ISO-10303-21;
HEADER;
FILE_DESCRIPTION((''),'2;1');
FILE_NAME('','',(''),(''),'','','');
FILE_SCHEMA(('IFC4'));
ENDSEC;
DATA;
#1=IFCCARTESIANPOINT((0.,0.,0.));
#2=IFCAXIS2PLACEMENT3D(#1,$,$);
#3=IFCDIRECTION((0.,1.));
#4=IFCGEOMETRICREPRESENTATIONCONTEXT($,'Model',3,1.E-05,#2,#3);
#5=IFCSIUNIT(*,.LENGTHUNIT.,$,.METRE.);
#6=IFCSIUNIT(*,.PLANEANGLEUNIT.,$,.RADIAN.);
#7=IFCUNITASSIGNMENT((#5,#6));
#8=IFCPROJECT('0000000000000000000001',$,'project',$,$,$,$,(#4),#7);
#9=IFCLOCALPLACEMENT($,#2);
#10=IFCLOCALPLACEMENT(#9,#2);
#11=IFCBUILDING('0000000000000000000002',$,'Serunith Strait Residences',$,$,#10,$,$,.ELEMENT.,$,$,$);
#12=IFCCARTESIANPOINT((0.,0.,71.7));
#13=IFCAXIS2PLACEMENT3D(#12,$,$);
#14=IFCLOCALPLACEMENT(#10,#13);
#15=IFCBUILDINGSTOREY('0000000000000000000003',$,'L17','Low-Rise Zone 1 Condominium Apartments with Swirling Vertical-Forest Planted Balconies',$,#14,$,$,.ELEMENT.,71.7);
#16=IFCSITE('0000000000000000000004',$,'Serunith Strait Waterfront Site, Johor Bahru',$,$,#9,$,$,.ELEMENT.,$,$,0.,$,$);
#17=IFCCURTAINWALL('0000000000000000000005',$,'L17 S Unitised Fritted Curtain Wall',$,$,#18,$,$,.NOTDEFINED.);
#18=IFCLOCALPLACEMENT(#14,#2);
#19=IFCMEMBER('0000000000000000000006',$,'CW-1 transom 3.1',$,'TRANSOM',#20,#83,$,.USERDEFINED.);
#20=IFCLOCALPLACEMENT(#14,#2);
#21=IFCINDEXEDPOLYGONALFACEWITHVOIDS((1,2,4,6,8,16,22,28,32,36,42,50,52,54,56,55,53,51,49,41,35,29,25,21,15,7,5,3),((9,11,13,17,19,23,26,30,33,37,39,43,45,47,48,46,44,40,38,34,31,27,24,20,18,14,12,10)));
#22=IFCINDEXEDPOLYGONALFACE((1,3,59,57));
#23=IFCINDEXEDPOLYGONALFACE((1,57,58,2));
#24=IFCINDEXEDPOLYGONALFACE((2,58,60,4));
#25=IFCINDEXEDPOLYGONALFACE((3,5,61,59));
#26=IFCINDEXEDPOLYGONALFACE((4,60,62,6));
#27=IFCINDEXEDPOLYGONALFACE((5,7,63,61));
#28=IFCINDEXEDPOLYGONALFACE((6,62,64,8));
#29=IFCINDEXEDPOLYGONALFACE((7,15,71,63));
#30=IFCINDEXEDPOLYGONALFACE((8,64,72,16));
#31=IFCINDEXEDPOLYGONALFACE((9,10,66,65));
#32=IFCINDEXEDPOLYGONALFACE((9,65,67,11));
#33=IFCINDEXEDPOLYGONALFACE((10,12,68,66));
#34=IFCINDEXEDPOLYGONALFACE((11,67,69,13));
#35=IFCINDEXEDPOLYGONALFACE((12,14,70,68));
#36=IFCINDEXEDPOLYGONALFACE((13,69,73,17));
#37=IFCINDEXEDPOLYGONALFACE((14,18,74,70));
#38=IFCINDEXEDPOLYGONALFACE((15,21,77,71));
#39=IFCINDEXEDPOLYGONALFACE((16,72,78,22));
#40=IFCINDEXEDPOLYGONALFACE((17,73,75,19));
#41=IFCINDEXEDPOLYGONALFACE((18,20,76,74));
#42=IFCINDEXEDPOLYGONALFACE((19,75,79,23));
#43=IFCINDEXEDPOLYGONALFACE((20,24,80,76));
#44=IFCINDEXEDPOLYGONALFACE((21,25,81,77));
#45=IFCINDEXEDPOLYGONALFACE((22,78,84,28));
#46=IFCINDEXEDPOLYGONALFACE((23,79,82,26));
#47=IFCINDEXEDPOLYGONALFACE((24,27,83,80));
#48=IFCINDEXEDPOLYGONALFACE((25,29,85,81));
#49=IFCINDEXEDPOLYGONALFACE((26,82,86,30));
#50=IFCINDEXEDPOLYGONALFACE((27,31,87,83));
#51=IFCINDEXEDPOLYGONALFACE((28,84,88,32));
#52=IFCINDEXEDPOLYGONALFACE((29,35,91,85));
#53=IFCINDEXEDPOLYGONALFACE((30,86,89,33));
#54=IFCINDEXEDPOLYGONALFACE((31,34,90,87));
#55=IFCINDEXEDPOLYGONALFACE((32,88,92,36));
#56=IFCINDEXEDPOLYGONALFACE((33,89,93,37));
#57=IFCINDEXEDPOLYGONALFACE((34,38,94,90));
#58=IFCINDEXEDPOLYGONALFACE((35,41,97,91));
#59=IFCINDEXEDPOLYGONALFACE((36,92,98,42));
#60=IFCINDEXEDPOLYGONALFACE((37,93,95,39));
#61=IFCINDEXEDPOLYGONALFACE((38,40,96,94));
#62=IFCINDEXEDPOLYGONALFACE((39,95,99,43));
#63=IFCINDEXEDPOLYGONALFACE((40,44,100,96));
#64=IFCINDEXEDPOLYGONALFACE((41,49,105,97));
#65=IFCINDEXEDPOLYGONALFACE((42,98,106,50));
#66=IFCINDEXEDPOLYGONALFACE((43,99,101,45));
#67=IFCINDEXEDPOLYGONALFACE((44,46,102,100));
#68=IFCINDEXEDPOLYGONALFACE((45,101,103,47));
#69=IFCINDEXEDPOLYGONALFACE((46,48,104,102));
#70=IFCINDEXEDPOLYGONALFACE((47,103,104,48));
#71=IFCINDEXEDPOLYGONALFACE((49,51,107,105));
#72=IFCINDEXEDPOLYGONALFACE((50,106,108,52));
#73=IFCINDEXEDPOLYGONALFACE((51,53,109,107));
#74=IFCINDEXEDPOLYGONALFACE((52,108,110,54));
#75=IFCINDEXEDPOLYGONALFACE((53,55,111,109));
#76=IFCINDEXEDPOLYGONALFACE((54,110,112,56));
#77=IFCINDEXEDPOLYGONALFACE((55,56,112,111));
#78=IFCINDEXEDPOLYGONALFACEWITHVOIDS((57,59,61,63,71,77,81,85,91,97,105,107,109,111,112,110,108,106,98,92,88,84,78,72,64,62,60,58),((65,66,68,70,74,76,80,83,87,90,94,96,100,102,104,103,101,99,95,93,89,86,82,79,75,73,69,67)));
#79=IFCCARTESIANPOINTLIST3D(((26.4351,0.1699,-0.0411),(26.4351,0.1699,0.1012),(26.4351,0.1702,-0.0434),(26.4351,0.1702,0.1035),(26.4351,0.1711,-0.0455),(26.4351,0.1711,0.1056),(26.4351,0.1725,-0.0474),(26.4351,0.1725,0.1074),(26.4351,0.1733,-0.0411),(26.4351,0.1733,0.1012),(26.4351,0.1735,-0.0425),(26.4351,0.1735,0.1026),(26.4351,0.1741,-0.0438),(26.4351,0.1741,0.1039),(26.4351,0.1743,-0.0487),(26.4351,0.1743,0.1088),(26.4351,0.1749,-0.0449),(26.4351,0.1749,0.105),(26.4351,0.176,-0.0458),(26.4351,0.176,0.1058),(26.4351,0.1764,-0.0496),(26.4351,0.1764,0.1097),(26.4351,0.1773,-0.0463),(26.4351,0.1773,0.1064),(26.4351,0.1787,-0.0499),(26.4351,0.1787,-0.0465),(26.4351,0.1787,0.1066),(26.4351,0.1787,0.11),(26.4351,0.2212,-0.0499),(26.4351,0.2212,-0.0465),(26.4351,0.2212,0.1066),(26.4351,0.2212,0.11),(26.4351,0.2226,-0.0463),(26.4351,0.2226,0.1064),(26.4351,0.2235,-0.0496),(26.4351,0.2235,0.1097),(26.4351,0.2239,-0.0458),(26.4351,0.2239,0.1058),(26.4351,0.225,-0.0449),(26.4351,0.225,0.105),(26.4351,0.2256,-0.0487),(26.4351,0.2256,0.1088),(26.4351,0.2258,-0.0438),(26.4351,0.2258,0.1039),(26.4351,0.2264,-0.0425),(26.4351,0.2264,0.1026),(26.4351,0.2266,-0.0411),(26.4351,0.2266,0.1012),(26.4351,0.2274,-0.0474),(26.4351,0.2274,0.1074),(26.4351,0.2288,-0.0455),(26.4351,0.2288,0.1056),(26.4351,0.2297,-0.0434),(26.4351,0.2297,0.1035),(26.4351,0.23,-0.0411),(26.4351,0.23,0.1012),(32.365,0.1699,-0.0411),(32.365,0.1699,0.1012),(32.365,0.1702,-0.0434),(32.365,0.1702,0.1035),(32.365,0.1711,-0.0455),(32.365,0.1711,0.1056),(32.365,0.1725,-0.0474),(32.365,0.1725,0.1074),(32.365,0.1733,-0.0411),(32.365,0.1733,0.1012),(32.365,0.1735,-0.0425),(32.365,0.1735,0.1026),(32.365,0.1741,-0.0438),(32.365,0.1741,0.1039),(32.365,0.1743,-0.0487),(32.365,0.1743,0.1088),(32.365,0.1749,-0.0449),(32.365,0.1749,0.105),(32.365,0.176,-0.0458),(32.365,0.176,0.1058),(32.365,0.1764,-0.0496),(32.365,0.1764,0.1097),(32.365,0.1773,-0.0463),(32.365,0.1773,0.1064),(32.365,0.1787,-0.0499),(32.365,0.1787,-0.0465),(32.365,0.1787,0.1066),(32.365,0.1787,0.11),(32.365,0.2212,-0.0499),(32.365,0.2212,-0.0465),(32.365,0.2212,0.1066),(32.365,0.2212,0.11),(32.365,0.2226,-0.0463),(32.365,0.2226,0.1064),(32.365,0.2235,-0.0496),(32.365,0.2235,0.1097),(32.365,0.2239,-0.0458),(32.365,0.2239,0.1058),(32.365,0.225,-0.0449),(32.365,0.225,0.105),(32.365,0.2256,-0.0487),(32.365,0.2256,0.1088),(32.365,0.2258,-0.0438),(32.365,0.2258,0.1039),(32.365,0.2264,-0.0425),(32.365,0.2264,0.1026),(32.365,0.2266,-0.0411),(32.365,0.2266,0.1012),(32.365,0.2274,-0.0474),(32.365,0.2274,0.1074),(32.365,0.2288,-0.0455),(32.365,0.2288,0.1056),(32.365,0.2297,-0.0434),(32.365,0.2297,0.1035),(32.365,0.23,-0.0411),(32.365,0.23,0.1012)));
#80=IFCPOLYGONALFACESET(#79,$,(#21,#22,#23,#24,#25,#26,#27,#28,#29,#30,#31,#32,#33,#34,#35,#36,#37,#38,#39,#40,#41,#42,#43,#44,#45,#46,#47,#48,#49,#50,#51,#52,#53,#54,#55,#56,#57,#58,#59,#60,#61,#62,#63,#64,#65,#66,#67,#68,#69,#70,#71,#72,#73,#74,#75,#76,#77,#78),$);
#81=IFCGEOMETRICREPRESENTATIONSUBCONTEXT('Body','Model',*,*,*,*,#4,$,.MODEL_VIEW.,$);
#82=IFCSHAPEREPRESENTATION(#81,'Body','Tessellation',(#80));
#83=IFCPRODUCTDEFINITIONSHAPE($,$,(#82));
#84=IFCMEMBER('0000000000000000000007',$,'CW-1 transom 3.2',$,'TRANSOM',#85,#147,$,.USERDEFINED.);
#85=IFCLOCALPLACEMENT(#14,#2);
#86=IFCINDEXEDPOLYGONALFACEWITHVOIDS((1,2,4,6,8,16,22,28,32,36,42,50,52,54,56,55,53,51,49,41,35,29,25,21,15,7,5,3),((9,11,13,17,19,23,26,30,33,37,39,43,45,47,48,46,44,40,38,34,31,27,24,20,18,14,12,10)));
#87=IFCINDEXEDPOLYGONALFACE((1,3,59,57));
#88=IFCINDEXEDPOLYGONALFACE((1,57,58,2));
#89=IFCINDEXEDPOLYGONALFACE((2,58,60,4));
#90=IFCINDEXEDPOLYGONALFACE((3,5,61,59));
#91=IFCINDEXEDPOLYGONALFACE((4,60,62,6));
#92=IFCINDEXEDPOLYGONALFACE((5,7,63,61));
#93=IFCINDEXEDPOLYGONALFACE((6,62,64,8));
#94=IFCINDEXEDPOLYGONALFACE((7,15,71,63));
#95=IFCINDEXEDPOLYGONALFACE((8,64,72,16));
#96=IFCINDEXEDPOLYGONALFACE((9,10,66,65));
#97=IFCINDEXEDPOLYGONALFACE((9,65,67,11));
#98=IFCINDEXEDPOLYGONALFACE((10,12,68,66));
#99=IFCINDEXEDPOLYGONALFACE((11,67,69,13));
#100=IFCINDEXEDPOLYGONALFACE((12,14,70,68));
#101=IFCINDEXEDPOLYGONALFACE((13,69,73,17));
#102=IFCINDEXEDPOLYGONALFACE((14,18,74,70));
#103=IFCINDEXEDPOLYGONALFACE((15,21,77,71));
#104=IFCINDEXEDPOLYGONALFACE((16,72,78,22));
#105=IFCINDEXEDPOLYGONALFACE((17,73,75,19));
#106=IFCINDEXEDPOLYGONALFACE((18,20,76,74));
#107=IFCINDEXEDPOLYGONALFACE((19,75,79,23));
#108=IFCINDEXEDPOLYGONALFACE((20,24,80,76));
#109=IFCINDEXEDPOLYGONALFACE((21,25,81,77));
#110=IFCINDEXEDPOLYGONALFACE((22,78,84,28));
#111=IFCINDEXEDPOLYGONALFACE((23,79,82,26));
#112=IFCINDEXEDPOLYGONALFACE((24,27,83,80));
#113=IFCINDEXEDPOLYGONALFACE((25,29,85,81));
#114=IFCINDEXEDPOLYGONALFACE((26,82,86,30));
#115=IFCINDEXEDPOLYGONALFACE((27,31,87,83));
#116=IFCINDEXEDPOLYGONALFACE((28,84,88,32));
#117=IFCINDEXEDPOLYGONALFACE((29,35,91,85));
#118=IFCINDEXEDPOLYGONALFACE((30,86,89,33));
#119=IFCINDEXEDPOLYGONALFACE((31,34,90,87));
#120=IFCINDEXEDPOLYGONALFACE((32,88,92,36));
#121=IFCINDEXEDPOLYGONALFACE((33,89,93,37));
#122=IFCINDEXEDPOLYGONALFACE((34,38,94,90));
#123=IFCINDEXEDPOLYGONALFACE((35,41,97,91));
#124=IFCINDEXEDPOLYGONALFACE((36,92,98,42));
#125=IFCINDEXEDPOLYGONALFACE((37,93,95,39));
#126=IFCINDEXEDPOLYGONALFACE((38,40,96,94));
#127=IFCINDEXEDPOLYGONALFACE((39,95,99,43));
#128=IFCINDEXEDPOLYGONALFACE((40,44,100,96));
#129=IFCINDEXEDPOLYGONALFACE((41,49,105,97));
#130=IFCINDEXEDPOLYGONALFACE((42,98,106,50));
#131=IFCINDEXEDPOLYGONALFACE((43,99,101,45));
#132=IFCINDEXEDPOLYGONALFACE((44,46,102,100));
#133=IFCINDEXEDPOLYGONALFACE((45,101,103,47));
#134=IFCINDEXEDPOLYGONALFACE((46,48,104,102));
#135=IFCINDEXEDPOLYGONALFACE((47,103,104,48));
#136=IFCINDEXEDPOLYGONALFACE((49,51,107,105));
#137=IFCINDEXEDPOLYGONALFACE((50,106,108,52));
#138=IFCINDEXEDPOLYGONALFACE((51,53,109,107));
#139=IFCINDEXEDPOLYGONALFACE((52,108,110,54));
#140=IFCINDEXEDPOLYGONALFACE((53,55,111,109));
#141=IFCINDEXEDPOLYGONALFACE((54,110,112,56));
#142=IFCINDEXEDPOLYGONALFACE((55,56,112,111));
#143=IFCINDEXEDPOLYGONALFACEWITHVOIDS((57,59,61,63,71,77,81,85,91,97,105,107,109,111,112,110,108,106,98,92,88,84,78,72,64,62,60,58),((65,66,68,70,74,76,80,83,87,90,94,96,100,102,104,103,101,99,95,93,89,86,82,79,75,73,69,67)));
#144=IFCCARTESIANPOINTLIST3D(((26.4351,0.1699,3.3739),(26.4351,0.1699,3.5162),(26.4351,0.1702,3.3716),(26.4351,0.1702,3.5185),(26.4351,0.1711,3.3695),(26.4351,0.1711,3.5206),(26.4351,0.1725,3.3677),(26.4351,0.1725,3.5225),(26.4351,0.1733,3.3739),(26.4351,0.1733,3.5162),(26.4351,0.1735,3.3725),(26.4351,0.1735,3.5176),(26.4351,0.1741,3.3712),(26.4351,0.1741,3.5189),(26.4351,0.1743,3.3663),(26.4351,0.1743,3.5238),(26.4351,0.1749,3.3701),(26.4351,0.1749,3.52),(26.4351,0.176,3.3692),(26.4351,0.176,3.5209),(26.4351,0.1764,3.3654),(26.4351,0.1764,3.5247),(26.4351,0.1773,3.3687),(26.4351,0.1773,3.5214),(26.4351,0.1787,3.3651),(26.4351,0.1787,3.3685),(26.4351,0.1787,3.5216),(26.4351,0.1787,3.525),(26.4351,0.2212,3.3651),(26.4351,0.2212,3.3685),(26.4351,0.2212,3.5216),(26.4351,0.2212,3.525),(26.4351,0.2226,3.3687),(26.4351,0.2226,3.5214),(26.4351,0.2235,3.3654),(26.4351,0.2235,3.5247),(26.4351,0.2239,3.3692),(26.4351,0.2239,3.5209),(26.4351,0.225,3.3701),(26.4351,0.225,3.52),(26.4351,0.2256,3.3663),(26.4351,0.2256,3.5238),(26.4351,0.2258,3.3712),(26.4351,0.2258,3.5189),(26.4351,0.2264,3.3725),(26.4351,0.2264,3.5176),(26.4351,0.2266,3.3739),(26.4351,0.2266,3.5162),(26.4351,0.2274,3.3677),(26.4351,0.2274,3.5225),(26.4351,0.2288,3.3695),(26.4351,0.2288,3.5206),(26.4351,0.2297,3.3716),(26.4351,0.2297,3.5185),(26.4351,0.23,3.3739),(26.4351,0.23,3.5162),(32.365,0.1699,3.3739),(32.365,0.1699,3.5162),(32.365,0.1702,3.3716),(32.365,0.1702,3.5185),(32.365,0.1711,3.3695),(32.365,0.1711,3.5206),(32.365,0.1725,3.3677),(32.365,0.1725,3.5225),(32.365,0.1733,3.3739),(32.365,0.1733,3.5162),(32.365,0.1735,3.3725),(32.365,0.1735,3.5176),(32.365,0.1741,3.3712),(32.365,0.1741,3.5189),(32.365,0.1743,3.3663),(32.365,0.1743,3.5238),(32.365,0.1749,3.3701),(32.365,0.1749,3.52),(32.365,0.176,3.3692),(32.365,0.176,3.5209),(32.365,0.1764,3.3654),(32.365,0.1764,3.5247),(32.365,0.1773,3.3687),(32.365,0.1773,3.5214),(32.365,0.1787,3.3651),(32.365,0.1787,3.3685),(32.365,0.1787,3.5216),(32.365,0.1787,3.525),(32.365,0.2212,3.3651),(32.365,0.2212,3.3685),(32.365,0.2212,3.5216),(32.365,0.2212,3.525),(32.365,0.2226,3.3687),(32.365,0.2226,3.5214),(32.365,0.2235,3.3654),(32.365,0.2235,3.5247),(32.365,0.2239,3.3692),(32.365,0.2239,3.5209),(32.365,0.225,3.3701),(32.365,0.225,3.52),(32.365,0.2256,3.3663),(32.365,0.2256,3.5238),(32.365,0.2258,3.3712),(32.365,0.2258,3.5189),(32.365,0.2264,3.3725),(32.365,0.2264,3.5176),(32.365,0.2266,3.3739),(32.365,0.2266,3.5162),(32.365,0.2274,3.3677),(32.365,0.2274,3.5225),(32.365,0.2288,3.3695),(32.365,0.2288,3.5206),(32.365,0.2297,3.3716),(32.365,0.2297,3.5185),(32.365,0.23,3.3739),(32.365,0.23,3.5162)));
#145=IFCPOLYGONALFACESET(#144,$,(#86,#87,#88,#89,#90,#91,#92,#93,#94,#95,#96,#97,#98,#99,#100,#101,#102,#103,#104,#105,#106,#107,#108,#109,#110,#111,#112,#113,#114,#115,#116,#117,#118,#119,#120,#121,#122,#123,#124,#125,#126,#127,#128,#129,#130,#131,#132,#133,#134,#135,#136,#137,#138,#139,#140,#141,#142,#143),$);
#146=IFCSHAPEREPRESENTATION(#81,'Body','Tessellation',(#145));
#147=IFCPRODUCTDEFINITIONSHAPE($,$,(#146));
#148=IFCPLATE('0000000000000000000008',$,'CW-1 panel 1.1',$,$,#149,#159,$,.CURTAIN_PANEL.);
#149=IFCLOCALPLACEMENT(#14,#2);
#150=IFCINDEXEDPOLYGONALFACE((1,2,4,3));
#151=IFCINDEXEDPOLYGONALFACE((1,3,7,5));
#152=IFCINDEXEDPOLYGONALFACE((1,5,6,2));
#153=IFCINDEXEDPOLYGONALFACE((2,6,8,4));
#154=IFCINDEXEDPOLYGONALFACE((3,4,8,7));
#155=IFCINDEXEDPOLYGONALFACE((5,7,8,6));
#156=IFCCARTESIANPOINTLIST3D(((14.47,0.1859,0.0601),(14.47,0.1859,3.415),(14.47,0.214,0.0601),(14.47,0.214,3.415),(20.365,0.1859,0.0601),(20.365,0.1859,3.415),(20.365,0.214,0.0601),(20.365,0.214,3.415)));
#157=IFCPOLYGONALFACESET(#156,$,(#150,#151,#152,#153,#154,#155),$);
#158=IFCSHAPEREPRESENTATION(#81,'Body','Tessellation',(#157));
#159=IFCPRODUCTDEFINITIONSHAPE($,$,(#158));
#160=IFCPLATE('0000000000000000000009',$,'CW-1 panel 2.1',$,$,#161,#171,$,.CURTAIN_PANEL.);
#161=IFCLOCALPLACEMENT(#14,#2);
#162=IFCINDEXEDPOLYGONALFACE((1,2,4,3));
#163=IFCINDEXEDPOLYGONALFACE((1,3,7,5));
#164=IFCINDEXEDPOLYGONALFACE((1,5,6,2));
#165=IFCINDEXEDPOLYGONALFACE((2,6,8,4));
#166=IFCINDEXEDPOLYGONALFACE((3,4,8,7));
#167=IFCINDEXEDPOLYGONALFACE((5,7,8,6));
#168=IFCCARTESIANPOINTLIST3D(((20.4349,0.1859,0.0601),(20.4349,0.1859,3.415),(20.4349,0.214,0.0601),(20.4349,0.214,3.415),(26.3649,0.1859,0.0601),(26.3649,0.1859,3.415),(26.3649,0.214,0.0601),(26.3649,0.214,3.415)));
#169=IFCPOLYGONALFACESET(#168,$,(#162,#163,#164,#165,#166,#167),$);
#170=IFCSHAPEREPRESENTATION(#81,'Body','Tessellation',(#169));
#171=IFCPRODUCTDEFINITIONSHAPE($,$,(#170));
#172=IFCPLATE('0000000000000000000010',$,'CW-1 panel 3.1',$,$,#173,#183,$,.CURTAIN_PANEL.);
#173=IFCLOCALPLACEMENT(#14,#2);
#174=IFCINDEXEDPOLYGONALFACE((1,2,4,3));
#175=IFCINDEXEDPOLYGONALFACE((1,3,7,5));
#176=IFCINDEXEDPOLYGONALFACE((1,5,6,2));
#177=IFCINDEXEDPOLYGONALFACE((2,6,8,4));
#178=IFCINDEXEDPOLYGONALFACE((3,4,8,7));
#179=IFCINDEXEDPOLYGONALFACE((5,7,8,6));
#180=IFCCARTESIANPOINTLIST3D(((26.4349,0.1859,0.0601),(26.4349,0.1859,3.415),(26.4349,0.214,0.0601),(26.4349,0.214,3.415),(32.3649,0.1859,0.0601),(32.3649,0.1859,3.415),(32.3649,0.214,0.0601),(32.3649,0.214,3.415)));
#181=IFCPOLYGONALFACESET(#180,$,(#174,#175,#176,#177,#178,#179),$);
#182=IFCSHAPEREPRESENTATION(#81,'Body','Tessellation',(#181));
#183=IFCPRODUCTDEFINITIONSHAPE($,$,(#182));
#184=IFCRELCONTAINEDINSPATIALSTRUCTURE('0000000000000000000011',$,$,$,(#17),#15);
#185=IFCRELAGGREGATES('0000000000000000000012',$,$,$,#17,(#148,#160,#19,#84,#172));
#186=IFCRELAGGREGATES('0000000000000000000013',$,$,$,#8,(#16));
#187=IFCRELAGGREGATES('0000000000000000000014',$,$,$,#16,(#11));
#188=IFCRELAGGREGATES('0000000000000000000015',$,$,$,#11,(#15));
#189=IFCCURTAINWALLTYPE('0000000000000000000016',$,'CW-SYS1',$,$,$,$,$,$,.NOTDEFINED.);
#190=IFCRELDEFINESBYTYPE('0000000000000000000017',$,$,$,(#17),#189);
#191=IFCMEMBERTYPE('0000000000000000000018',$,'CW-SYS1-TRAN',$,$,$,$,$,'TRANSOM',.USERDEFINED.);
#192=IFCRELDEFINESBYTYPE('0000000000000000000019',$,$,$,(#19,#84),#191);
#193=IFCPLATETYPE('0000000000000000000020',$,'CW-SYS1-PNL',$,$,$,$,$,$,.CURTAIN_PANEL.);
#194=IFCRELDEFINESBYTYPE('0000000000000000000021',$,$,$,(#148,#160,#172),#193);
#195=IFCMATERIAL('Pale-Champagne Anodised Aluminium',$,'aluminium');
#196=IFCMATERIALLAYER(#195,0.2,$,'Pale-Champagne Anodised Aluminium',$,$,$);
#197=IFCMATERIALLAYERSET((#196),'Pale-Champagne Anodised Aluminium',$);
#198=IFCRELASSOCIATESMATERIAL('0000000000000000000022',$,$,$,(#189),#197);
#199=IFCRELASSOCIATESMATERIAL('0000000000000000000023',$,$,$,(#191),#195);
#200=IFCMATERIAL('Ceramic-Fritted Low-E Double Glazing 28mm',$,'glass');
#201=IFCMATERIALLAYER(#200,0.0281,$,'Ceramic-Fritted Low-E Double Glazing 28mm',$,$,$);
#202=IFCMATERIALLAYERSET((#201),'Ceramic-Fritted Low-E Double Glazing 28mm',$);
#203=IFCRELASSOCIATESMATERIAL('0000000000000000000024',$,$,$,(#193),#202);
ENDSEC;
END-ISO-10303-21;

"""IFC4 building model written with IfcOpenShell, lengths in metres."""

from ifc_helpers import new_model, si_unit, direction, frame, origin, origin_2d, place, context, subcontext, project, spatial, rectangle, hollow_rectangle, extrude, source, transform, mapped, material, layer, layer_set, material_profile, profile_set, type_object, element, aggregate, save


model = new_model("IFC4")

# Units and contexts
model_context = context("Model", 3, precision=1e-05, world=origin(), true_north=direction((0.0, 1.0)))
body_context = subcontext(model_context, "Body", "Model", "MODEL_VIEW")
ifc_project = project(units=[si_unit("LENGTHUNIT", "METRE"), si_unit("PLANEANGLEUNIT", "RADIAN")], contexts=[model_context])

# Site, building, storey
site_placement = place(None, origin())
site = spatial("IfcSite", under=ifc_project, at=site_placement, Name="Serunith Strait Waterfront Site, Johor Bahru", CompositionType="ELEMENT", RefElevation=0.0)
building_placement = place(site_placement, origin())
building = spatial("IfcBuilding", under=site, at=building_placement, Name="Serunith Strait Residences", CompositionType="ELEMENT")
storey_placement = place(building_placement, frame((0.0, 0.0, 71.7)))
storey = spatial("IfcBuildingStorey", under=building, at=storey_placement, Name="L17", Description="Low-Rise Zone 1 Condominium Apartments with Swirling Vertical-Forest Planted Balconies", CompositionType="ELEMENT", Elevation=71.7)

# Curtain wall, members, plates
ifc_material_1 = material(Name="Pale-Champagne Anodised Aluminium", Category="aluminium")
ifc_layer_1 = layer(ifc_material_1, 0.2, Name="Pale-Champagne Anodised Aluminium")
ifc_layer_set_1 = layer_set([ifc_layer_1], Name="Pale-Champagne Anodised Aluminium")
curtain_wall_type = type_object("IfcCurtainWallType", Name="CW-SYS1", PredefinedType="NOTDEFINED", material=ifc_layer_set_1)
curtain_wall_placement = place(storey_placement, origin())
curtain_wall = element("IfcCurtainWall", 1, at=curtain_wall_placement, inside=storey, type_object=curtain_wall_type, Name="L17 S Unitised Fritted Curtain Wall", PredefinedType="NOTDEFINED")
ifc_material_profile_1 = material_profile(ifc_material_1, hollow_rectangle(XDim=0.0601, YDim=0.1599, WallThickness=0.0034, InnerFilletRadius=0.0054, OuterFilletRadius=0.0088, at=origin_2d()), Name="ALU 160x60x3.5")
ifc_profile_set_1 = profile_set([ifc_material_profile_1], Name="Pale-Champagne Anodised Aluminium")
member_type_1 = type_object("IfcMemberType", Name="CW-SYS1-TRAN", ElementType="TRANSOM", PredefinedType="USERDEFINED", material=ifc_profile_set_1)
shared_shape_1 = source(origin(), body_context, "Body", "SweptSolid", [
    extrude(hollow_rectangle(XDim=0.0601, YDim=0.1599, WallThickness=0.0034, InnerFilletRadius=0.0054, OuterFilletRadius=0.0088, at=origin_2d()), origin(), (0.0, 0.0, 1.0), 5.9299),
])
member_1_placement = place(storey_placement, frame((26.4351, 0.2, 0.03), z_axis=(1.0, 0.0, 0.0), x_axis=(0.0, 1.0, 0.0)))
member_1 = element("IfcMember", 2, at=member_1_placement, type_object=member_type_1, Name="CW-1 transom 3.1", ObjectType="TRANSOM", PredefinedType="USERDEFINED", context=body_context, shape_type="MappedRepresentation", body=[
    mapped(shared_shape_1, transform((0.0, 0.0, 0.0), scale=1.0)),
])
member_2_placement = place(storey_placement, frame((26.4351, 0.2, 3.4451), z_axis=(1.0, 0.0, 0.0), x_axis=(0.0, 1.0, 0.0)))
member_2 = element("IfcMember", 3, at=member_2_placement, type_object=member_type_1, Name="CW-1 transom 3.2", ObjectType="TRANSOM", PredefinedType="USERDEFINED", context=body_context, shape_type="MappedRepresentation", body=[
    mapped(shared_shape_1, transform((0.0, 0.0, 0.0), scale=1.0)),
])
ifc_material_2 = material(Name="Ceramic-Fritted Low-E Double Glazing 28mm", Category="glass")
ifc_layer_2 = layer(ifc_material_2, 0.0281, Name="Ceramic-Fritted Low-E Double Glazing 28mm")
ifc_layer_set_2 = layer_set([ifc_layer_2], Name="Ceramic-Fritted Low-E Double Glazing 28mm")
plate_type = type_object("IfcPlateType", Name="CW-SYS1-PNL", PredefinedType="CURTAIN_PANEL", material=ifc_layer_set_2)
shared_shape_2 = source(origin(), body_context, "Body", "SweptSolid", [
    extrude(rectangle(XDim=5.895, YDim=0.0281, at=origin_2d()), origin(), (0.0, 0.0, 1.0), 3.355),
])
plate_1_placement = place(storey_placement, frame((17.4175, 0.2, 0.0601), z_axis=(0.0, 0.0, 1.0), x_axis=(1.0, 0.0, 0.0)))
plate_1 = element("IfcPlate", 4, at=plate_1_placement, type_object=plate_type, Name="CW-1 panel 1.1", PredefinedType="CURTAIN_PANEL", context=body_context, shape_type="MappedRepresentation", body=[
    mapped(shared_shape_2, transform((0.0, 0.0, 0.0), scale=1.0)),
])
shared_shape_3 = source(origin(), body_context, "Body", "SweptSolid", [
    extrude(rectangle(XDim=5.9299, YDim=0.0281, at=origin_2d()), origin(), (0.0, 0.0, 1.0), 3.355),
])
plate_2_placement = place(storey_placement, frame((23.3999, 0.2, 0.0601), z_axis=(0.0, 0.0, 1.0), x_axis=(1.0, 0.0, 0.0)))
plate_2 = element("IfcPlate", 5, at=plate_2_placement, type_object=plate_type, Name="CW-1 panel 2.1", PredefinedType="CURTAIN_PANEL", context=body_context, shape_type="MappedRepresentation", body=[
    mapped(shared_shape_3, transform((0.0, 0.0, 0.0), scale=1.0)),
])
plate_3_placement = place(storey_placement, frame((29.3999, 0.2, 0.0601), z_axis=(0.0, 0.0, 1.0), x_axis=(1.0, 0.0, 0.0)))
plate_3 = element("IfcPlate", 6, at=plate_3_placement, type_object=plate_type, Name="CW-1 panel 3.1", PredefinedType="CURTAIN_PANEL", context=body_context, shape_type="MappedRepresentation", body=[
    mapped(shared_shape_3, transform((0.0, 0.0, 0.0), scale=1.0)),
])
aggregate(curtain_wall, [plate_1, plate_2, member_1, member_2, plate_3])

save(model, "model.ifc")
